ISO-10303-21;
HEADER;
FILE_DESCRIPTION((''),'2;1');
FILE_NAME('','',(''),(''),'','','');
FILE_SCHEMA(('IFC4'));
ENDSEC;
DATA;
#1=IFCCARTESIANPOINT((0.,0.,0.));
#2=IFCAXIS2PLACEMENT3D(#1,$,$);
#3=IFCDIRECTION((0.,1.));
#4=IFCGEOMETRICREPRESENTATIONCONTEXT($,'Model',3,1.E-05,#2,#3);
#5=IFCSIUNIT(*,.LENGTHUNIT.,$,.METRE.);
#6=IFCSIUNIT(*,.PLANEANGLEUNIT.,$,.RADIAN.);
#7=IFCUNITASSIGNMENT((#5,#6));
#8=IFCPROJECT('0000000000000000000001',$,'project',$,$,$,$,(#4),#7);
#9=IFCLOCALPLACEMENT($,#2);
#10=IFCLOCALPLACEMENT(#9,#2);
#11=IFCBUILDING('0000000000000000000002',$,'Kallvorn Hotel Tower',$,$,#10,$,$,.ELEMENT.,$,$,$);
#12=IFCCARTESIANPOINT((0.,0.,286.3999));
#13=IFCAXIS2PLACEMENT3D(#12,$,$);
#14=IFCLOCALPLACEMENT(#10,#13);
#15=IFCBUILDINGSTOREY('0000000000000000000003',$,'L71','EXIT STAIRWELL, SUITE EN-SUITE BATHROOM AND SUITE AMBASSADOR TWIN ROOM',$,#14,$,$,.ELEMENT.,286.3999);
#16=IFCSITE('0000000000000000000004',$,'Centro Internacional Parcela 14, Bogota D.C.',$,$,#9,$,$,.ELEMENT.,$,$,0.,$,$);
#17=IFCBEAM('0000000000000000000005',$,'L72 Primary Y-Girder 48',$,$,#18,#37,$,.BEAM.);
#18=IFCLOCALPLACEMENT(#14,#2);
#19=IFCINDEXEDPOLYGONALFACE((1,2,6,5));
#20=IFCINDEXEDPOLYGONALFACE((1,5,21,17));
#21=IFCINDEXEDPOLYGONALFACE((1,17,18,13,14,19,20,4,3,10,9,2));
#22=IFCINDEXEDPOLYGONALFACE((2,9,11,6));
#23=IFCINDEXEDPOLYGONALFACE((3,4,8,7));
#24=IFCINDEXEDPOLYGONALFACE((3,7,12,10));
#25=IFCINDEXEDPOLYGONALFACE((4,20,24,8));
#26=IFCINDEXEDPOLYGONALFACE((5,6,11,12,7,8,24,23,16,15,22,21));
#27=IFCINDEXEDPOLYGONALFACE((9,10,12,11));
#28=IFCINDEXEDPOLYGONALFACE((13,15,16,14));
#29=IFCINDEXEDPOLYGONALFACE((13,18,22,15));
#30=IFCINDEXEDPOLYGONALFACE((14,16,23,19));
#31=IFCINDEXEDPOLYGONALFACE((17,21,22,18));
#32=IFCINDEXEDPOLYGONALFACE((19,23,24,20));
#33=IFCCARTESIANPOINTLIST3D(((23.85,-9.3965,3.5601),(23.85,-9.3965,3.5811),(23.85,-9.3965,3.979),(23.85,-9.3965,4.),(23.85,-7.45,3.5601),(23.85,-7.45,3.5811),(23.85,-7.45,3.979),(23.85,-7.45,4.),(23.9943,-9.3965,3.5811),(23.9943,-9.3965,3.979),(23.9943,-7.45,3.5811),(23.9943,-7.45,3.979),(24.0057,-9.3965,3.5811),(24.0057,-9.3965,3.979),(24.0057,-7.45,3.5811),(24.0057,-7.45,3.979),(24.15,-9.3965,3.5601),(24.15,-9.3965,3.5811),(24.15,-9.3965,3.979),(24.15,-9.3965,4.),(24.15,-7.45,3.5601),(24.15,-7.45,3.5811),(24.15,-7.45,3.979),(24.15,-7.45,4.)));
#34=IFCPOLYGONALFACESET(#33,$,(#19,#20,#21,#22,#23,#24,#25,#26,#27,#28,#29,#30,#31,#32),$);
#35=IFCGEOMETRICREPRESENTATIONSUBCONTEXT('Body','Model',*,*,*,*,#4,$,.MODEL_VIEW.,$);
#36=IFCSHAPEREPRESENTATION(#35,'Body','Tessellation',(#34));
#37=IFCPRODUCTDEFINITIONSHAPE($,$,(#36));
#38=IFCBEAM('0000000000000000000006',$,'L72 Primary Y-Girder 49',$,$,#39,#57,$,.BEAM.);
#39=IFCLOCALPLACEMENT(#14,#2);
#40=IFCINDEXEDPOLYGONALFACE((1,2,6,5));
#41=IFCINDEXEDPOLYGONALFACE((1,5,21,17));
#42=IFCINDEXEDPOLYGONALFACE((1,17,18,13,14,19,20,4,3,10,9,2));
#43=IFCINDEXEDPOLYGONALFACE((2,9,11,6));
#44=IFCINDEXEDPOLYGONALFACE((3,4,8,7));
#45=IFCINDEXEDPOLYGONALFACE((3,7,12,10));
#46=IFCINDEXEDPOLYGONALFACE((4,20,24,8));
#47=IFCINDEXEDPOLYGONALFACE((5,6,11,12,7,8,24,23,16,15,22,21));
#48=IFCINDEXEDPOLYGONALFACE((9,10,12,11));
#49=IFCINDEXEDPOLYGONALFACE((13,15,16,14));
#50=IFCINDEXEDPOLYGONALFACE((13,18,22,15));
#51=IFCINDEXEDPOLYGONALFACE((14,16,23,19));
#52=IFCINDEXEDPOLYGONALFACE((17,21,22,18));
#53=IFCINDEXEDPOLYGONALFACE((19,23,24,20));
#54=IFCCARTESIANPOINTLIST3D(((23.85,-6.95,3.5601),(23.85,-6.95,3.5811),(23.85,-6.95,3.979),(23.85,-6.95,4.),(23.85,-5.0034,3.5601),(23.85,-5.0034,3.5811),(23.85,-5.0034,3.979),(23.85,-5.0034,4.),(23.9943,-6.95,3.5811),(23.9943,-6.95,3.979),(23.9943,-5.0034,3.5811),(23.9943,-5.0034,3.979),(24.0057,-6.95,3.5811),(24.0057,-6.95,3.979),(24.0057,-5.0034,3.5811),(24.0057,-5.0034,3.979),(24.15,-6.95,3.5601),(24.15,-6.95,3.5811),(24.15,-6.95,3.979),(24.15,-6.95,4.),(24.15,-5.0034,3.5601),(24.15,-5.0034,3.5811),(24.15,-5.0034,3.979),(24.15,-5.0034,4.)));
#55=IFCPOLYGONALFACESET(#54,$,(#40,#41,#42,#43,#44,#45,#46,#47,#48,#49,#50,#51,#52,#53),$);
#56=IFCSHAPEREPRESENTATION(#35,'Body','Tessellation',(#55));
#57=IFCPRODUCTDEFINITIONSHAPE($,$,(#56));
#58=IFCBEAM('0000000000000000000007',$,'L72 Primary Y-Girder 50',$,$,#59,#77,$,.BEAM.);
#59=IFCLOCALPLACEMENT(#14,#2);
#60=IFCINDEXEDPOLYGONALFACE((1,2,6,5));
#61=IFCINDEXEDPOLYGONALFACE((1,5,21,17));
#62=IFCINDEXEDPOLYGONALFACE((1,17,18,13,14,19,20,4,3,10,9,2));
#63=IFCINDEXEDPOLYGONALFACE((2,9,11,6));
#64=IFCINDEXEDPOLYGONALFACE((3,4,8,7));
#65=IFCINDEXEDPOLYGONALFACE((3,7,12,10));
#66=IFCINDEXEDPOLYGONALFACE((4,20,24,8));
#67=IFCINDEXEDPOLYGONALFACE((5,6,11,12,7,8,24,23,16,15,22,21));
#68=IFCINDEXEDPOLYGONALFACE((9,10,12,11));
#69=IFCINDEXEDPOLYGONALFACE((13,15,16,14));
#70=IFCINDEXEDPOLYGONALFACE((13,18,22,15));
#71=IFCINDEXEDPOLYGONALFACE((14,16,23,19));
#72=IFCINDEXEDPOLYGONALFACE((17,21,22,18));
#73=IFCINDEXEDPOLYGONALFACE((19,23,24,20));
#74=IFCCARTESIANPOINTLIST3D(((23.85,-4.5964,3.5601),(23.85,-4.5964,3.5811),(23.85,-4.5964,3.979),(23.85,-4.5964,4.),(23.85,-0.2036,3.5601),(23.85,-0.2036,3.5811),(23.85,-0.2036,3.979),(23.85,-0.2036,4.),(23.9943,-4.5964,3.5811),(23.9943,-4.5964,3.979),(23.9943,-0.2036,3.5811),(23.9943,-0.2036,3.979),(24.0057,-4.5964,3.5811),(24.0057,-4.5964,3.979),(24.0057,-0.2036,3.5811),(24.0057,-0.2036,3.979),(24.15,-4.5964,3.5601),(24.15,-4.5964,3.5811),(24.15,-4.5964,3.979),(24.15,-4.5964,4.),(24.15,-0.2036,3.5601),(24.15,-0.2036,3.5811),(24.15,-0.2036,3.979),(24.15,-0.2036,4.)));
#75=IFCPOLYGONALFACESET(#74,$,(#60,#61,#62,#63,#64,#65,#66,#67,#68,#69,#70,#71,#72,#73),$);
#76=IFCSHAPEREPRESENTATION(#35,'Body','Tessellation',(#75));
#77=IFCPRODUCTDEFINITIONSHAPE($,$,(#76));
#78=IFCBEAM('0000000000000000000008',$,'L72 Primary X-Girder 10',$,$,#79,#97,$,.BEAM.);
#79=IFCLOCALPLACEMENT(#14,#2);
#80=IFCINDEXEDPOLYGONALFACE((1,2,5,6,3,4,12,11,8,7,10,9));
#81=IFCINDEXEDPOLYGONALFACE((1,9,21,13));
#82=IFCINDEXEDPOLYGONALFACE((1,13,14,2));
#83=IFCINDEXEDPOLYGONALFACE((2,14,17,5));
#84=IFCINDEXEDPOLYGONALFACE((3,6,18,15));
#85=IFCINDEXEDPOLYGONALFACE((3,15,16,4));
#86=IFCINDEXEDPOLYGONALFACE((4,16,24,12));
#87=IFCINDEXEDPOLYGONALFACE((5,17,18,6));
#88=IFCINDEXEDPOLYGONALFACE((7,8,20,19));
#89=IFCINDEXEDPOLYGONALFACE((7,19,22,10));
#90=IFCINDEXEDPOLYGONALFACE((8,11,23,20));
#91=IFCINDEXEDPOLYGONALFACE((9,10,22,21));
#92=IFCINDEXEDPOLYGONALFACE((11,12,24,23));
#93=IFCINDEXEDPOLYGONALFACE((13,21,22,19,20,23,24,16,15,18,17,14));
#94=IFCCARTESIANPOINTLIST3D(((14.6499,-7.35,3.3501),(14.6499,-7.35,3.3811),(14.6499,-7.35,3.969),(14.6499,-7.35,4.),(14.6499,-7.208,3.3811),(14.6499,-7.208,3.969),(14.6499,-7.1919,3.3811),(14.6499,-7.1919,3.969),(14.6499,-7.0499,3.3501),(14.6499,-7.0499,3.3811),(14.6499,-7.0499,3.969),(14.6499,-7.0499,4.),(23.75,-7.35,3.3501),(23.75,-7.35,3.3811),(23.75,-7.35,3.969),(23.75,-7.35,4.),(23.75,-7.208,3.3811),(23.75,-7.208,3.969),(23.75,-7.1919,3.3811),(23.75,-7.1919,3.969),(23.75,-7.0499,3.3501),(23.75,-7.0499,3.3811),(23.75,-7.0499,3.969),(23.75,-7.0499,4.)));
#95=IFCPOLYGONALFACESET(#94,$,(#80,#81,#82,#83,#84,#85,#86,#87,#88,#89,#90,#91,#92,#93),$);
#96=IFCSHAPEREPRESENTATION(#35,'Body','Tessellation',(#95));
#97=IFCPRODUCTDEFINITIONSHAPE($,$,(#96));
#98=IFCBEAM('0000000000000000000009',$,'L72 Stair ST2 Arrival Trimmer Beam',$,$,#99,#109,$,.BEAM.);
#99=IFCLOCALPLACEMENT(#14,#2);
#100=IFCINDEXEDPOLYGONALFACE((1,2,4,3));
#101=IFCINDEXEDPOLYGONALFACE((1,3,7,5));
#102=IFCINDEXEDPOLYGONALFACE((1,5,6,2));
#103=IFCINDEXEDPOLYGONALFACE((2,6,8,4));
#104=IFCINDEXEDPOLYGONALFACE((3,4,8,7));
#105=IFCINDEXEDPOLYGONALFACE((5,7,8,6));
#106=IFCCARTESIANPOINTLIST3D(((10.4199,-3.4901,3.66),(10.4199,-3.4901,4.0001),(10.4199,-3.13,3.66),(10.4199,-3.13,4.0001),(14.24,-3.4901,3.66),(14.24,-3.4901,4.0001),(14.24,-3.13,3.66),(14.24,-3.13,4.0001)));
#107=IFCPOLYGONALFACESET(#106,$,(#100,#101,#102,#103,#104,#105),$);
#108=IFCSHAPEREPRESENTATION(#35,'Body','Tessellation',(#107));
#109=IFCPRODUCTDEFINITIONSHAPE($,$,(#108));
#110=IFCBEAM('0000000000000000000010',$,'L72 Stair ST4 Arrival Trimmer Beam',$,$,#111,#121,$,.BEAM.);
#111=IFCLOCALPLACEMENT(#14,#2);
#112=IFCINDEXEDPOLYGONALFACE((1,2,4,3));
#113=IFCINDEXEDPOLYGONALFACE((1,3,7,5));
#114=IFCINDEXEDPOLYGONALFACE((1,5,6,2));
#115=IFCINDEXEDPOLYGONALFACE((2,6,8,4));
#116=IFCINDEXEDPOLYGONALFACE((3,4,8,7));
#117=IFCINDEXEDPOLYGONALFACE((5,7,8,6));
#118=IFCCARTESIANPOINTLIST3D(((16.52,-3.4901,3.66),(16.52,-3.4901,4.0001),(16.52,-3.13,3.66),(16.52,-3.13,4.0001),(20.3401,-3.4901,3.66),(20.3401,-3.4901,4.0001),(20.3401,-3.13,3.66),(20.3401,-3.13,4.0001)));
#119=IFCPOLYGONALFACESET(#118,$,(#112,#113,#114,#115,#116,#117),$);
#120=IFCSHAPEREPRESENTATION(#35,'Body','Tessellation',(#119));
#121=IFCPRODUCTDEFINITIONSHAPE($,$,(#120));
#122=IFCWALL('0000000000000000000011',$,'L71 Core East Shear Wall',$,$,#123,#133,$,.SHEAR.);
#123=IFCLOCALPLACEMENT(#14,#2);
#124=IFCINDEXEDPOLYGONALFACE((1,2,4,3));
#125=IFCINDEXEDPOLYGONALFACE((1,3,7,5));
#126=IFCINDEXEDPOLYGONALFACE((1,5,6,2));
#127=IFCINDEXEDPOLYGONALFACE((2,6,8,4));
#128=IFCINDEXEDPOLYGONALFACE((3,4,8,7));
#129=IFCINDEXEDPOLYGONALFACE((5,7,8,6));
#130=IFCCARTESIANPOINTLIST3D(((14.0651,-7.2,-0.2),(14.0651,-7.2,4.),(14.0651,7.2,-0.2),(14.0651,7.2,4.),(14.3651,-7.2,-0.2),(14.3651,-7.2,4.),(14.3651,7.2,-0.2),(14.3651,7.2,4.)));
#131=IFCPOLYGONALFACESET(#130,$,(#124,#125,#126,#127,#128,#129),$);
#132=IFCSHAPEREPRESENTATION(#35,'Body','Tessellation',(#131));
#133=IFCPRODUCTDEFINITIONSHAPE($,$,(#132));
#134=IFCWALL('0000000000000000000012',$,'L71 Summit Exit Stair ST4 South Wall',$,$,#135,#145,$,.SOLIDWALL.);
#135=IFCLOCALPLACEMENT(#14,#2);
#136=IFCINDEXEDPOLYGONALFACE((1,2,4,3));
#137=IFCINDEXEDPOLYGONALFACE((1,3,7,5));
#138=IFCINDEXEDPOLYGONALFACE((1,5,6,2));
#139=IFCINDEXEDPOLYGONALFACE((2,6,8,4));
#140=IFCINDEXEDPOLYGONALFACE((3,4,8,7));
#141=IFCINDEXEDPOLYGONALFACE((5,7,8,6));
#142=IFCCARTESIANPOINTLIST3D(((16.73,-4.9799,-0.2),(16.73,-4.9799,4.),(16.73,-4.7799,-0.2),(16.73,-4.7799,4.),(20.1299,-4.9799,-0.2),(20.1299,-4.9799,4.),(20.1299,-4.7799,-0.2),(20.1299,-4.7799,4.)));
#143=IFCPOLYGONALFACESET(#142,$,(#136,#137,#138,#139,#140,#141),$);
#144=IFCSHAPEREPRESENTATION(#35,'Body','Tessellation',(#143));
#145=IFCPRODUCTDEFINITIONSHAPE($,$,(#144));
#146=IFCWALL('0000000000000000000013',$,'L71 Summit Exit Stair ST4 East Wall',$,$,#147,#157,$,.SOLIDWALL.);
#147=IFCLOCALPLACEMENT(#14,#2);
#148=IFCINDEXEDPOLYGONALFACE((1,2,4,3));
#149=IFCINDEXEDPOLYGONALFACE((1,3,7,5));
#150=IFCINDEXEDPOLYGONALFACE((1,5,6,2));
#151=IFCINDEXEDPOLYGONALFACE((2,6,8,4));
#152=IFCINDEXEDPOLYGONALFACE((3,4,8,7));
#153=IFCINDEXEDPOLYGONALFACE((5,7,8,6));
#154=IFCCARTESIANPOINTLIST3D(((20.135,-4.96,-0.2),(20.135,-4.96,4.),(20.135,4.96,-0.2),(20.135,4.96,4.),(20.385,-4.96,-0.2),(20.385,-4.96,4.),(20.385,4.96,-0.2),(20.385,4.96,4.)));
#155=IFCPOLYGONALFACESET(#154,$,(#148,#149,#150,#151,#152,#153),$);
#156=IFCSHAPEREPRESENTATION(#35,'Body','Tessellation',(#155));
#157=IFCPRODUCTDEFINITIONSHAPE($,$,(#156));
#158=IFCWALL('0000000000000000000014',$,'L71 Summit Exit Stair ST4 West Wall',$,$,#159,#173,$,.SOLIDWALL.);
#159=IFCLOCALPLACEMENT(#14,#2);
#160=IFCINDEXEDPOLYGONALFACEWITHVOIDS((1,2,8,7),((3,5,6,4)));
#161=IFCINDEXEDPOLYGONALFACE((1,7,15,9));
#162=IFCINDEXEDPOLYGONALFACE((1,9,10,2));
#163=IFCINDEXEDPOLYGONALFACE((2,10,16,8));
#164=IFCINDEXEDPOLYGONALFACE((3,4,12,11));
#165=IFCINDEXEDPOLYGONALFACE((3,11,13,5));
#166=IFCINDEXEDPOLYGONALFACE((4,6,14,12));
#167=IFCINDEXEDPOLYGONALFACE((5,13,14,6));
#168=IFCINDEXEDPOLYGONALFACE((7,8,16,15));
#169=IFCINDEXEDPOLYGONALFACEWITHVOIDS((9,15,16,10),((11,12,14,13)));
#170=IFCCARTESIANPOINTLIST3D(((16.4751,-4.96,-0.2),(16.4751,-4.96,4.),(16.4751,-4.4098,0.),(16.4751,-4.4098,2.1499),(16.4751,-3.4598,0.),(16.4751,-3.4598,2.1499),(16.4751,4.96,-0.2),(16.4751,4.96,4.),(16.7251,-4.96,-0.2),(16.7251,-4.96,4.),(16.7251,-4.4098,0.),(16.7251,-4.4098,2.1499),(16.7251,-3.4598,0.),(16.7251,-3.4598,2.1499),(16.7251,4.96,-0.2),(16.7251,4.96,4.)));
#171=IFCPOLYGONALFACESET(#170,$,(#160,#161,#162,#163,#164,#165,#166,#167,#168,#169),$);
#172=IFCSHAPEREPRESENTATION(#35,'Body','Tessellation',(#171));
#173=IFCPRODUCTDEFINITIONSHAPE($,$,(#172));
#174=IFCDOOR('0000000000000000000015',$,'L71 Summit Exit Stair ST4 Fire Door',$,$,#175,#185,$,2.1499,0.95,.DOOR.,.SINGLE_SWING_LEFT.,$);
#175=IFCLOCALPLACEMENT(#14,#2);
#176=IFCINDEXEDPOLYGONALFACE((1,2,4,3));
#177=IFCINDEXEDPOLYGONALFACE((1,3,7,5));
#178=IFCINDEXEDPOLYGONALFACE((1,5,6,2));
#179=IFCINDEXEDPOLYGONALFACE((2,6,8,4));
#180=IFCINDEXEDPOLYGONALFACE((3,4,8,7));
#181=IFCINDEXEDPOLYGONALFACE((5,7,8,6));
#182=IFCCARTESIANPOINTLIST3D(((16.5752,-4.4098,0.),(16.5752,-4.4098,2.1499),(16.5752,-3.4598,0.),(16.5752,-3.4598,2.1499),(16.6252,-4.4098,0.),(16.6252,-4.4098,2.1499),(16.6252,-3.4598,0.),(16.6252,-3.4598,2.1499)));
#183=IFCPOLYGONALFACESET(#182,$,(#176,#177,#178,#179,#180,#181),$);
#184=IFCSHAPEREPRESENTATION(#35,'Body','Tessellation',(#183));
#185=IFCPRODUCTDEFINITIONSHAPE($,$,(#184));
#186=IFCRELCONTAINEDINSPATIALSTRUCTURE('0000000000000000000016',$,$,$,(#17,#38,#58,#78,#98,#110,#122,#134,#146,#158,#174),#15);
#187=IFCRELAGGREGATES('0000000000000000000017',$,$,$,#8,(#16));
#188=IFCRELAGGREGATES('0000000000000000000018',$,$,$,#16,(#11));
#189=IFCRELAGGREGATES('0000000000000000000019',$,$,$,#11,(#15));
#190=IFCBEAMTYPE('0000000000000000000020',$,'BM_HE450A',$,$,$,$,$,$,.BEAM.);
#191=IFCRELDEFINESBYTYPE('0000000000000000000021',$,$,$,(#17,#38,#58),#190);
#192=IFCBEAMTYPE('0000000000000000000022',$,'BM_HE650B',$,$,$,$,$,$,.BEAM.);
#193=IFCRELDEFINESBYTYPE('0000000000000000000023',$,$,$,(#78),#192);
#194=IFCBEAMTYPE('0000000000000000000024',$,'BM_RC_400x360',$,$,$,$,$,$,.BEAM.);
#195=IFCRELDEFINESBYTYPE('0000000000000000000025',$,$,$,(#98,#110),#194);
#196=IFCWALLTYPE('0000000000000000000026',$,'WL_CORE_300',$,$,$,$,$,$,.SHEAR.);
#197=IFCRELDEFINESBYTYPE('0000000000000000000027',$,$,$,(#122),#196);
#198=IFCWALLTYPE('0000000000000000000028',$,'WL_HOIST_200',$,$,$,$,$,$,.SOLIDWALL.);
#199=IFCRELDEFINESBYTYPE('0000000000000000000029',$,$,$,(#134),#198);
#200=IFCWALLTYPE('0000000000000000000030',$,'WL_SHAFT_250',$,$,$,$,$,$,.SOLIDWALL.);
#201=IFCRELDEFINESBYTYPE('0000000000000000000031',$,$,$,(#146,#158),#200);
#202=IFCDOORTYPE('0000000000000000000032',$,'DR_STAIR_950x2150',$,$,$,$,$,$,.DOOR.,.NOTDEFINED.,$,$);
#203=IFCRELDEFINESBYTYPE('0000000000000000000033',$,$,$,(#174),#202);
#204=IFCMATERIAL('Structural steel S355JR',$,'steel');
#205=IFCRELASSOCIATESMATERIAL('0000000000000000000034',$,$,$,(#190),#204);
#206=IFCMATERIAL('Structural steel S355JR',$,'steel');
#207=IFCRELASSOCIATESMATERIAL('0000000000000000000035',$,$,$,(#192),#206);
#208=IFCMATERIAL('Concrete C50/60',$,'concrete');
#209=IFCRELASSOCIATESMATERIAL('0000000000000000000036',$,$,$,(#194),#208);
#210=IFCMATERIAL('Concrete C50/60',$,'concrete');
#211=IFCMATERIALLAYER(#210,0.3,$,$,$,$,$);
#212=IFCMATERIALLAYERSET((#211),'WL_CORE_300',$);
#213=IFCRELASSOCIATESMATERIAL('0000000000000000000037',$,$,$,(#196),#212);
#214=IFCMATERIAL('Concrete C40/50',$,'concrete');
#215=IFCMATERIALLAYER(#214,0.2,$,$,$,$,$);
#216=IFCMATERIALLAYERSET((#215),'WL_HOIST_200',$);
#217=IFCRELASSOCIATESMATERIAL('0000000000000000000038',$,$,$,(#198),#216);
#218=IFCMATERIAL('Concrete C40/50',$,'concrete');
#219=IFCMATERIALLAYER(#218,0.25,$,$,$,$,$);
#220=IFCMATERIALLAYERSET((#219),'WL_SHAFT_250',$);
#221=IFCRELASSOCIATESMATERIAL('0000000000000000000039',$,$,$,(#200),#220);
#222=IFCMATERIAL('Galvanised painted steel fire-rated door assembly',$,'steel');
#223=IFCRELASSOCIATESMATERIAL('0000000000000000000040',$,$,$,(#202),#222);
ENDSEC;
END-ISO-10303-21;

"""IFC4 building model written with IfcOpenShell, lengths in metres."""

from ifc_helpers import new_model, si_unit, direction, frame, frame_2d, origin, origin_2d, place, context, subcontext, project, spatial, rectangle, i_section, extrude, material, layer, layer_set, material_profile, profile_set, type_object, element, fill, save


model = new_model("IFC4")

# Units and contexts
model_context = context("Model", 3, precision=1e-05, world=origin(), true_north=direction((0.0, 1.0)))
body_context = subcontext(model_context, "Body", "Model", "MODEL_VIEW")
ifc_project = project(units=[si_unit("LENGTHUNIT", "METRE"), si_unit("PLANEANGLEUNIT", "RADIAN")], contexts=[model_context])

# Site, building, storey
site_placement = place(None, origin())
site = spatial("IfcSite", under=ifc_project, at=site_placement, Name="Centro Internacional Parcela 14, Bogota D.C.", CompositionType="ELEMENT", RefElevation=0.0)
building_placement = place(site_placement, origin())
building = spatial("IfcBuilding", under=site, at=building_placement, Name="Kallvorn Hotel Tower", CompositionType="ELEMENT")
storey_placement = place(building_placement, frame((0.0, 0.0, 286.3999)))
storey = spatial("IfcBuildingStorey", under=building, at=storey_placement, Name="L71", Description="EXIT STAIRWELL, SUITE EN-SUITE BATHROOM AND SUITE AMBASSADOR TWIN ROOM", CompositionType="ELEMENT", Elevation=286.3999)

# Beams
ifc_material_1 = material(Name="Structural steel S355JR", Category="steel")
ifc_material_profile_1 = material_profile(ifc_material_1, i_section(OverallWidth=0.3, OverallDepth=0.4399, WebThickness=0.0115, FlangeThickness=0.021, at=origin_2d()), Name="HE 450 A")
ifc_profile_set_1 = profile_set([ifc_material_profile_1], Name="Structural steel S355JR")
beam_type_1 = type_object("IfcBeamType", Name="BM_HE450A", PredefinedType="BEAM", material=ifc_profile_set_1)
for number, where, z_axis, x_axis, name in (
    (1, (24.0, -9.3965, 3.78), (0.0, 1.0, 0.0), (-1.0, 0.0, 0.0), "L72 Primary Y-Girder 48"),
    (2, (24.0, -6.95, 3.78), (0.0, 1.0, 0.0), (-1.0, 0.0, 0.0), "L72 Primary Y-Girder 49"),
):
    element("IfcBeam", number, at=place(storey_placement, frame(where, z_axis=z_axis, x_axis=x_axis)), inside=storey, type_object=beam_type_1, Name=name, PredefinedType="BEAM", context=body_context, shape_type="SweptSolid", body=[
        extrude(i_section(OverallWidth=0.3, OverallDepth=0.4399, WebThickness=0.0115, FlangeThickness=0.021, at=origin_2d()), origin(), (0.0, 0.0, 1.0), 1.9465),
    ])
beam_1_placement = place(storey_placement, frame((24.0, -4.5964, 3.78), z_axis=(0.0, 1.0, 0.0), x_axis=(-1.0, 0.0, 0.0)))
element("IfcBeam", 3, at=beam_1_placement, inside=storey, type_object=beam_type_1, Name="L72 Primary Y-Girder 50", PredefinedType="BEAM", context=body_context, shape_type="SweptSolid", body=[
    extrude(i_section(OverallWidth=0.3, OverallDepth=0.4399, WebThickness=0.0115, FlangeThickness=0.021, at=origin_2d()), origin(), (0.0, 0.0, 1.0), 4.3928),
])
ifc_material_2 = material(Name="Structural steel S355JR", Category="steel")
ifc_material_profile_2 = material_profile(ifc_material_2, i_section(OverallWidth=0.3, OverallDepth=0.6499, WebThickness=0.0161, FlangeThickness=0.031, at=origin_2d()), Name="HE 650 B")
ifc_profile_set_2 = profile_set([ifc_material_profile_2], Name="Structural steel S355JR")
beam_type_2 = type_object("IfcBeamType", Name="BM_HE650B", PredefinedType="BEAM", material=ifc_profile_set_2)
beam_2_placement = place(storey_placement, frame((14.6499, -7.2, 3.675), z_axis=(1.0, 0.0, 0.0), x_axis=(0.0, 1.0, 0.0)))
element("IfcBeam", 4, at=beam_2_placement, inside=storey, type_object=beam_type_2, Name="L72 Primary X-Girder 10", PredefinedType="BEAM", context=body_context, shape_type="SweptSolid", body=[
    extrude(i_section(OverallWidth=0.3, OverallDepth=0.6499, WebThickness=0.0161, FlangeThickness=0.031, at=origin_2d()), origin(), (0.0, 0.0, 1.0), 9.1001),
])
ifc_material_3 = material(Name="Concrete C50/60", Category="concrete")
ifc_material_profile_3 = material_profile(ifc_material_3, rectangle(XDim=0.3601, YDim=0.3401, at=origin_2d()), Name="RC 360x340")
ifc_profile_set_3 = profile_set([ifc_material_profile_3], Name="Concrete C50/60")
beam_type_3 = type_object("IfcBeamType", Name="BM_RC_400x360", PredefinedType="BEAM", material=ifc_profile_set_3)
for number, where, z_axis, x_axis, name in (
    (5, (14.24, -3.3101, 3.8301), (-1.0, 0.0, 0.0), (0.0, -1.0, 0.0), "L72 Stair ST2 Arrival Trimmer Beam"),
    (6, (20.3401, -3.3101, 3.8301), (-1.0, 0.0, 0.0), (0.0, -1.0, 0.0), "L72 Stair ST4 Arrival Trimmer Beam"),
):
    element("IfcBeam", number, at=place(storey_placement, frame(where, z_axis=z_axis, x_axis=x_axis)), inside=storey, type_object=beam_type_3, Name=name, PredefinedType="BEAM", context=body_context, shape_type="SweptSolid", body=[
        extrude(rectangle(XDim=0.3601, YDim=0.3401, at=origin_2d()), origin(), (0.0, 0.0, 1.0), 3.8201),
    ])

# Walls
ifc_material_4 = material(Name="Concrete C50/60", Category="concrete")
ifc_layer_1 = layer(ifc_material_4, 0.3)
ifc_layer_set_1 = layer_set([ifc_layer_1], Name="WL_CORE_300")
wall_type_1 = type_object("IfcWallType", Name="WL_CORE_300", PredefinedType="SHEAR", material=ifc_layer_set_1)
wall_1_placement = place(storey_placement, frame((14.2151, -7.2, -0.2), z_axis=(0.0, 0.0, 1.0), x_axis=(0.0, 1.0, 0.0)))
element("IfcWall", 7, at=wall_1_placement, inside=storey, type_object=wall_type_1, Name="L71 Core East Shear Wall", PredefinedType="SHEAR", context=body_context, shape_type="SweptSolid", body=[
    extrude(rectangle(XDim=14.3999, YDim=0.3, at=frame_2d((7.2, 0.0))), origin(), (0.0, 0.0, 1.0), 4.2),
])
ifc_material_5 = material(Name="Concrete C40/50", Category="concrete")
ifc_layer_2 = layer(ifc_material_5, 0.2)
ifc_layer_set_2 = layer_set([ifc_layer_2], Name="WL_HOIST_200")
wall_type_2 = type_object("IfcWallType", Name="WL_HOIST_200", PredefinedType="SOLIDWALL", material=ifc_layer_set_2)
wall_2_placement = place(storey_placement, frame((16.73, -4.8799, -0.2), z_axis=(0.0, 0.0, 1.0), x_axis=(1.0, 0.0, 0.0)))
element("IfcWall", 8, at=wall_2_placement, inside=storey, type_object=wall_type_2, Name="L71 Summit Exit Stair ST4 South Wall", PredefinedType="SOLIDWALL", context=body_context, shape_type="SweptSolid", body=[
    extrude(rectangle(XDim=3.3999, YDim=0.2, at=frame_2d((1.7, 0.0))), origin(), (0.0, 0.0, 1.0), 4.2),
])
ifc_material_6 = material(Name="Concrete C40/50", Category="concrete")
ifc_layer_3 = layer(ifc_material_6, 0.25)
ifc_layer_set_3 = layer_set([ifc_layer_3], Name="WL_SHAFT_250")
wall_type_3 = type_object("IfcWallType", Name="WL_SHAFT_250", PredefinedType="SOLIDWALL", material=ifc_layer_set_3)
wall_3_placement = place(storey_placement, frame((20.26, -4.96, -0.2), z_axis=(0.0, 0.0, 1.0), x_axis=(0.0, 1.0, 0.0)))
element("IfcWall", 9, at=wall_3_placement, inside=storey, type_object=wall_type_3, Name="L71 Summit Exit Stair ST4 East Wall", PredefinedType="SOLIDWALL", context=body_context, shape_type="SweptSolid", body=[
    extrude(rectangle(XDim=9.9199, YDim=0.25, at=frame_2d((4.96, 0.0))), origin(), (0.0, 0.0, 1.0), 4.2),
])

# Wall, opening, door
wall_4_placement = place(storey_placement, frame((16.6001, -4.96, -0.2), z_axis=(0.0, 0.0, 1.0), x_axis=(0.0, 1.0, 0.0)))
wall_4 = element("IfcWall", 10, at=wall_4_placement, inside=storey, type_object=wall_type_3, Name="L71 Summit Exit Stair ST4 West Wall", PredefinedType="SOLIDWALL", context=body_context, shape_type="SweptSolid", body=[
    extrude(rectangle(XDim=9.9199, YDim=0.25, at=frame_2d((4.96, 0.0))), origin(), (0.0, 0.0, 1.0), 4.2),
])
opening_placement = place(wall_4_placement, frame((0.55, 0.0, 0.2)))
opening = element("IfcOpeningElement", 11, at=opening_placement, cuts=wall_4, PredefinedType="OPENING", context=body_context, shape_type="SweptSolid", body=[
    extrude(rectangle(XDim=0.95, YDim=2.1499, at=frame_2d((0.4751, 1.075))), frame((0.0, 0.1399, 0.0), z_axis=(0.0, -1.0, 0.0), x_axis=(1.0, 0.0, 0.0)), (0.0, 0.0, 1.0), 0.28),
])
ifc_material_7 = material(Name="Galvanised painted steel fire-rated door assembly", Category="steel")
door_type = type_object("IfcDoorType", Name="DR_STAIR_950x2150", OperationType="NOTDEFINED", PredefinedType="DOOR", material=ifc_material_7)
door_placement = place(opening_placement, origin())
door = element("IfcDoor", 12, at=door_placement, inside=storey, type_object=door_type, Name="L71 Summit Exit Stair ST4 Fire Door", OperationType="SINGLE_SWING_LEFT", OverallHeight=2.1499, OverallWidth=0.95, PredefinedType="DOOR", context=body_context, shape_type="SweptSolid", body=[
    extrude(rectangle(XDim=0.95, YDim=2.1499, at=frame_2d((0.4751, 1.075))), frame((0.0, 0.0249, 0.0), z_axis=(0.0, -1.0, 0.0), x_axis=(1.0, 0.0, 0.0)), (0.0, 0.0, 1.0), 0.05),
])
fill(opening, door)

save(model, "model.ifc")
